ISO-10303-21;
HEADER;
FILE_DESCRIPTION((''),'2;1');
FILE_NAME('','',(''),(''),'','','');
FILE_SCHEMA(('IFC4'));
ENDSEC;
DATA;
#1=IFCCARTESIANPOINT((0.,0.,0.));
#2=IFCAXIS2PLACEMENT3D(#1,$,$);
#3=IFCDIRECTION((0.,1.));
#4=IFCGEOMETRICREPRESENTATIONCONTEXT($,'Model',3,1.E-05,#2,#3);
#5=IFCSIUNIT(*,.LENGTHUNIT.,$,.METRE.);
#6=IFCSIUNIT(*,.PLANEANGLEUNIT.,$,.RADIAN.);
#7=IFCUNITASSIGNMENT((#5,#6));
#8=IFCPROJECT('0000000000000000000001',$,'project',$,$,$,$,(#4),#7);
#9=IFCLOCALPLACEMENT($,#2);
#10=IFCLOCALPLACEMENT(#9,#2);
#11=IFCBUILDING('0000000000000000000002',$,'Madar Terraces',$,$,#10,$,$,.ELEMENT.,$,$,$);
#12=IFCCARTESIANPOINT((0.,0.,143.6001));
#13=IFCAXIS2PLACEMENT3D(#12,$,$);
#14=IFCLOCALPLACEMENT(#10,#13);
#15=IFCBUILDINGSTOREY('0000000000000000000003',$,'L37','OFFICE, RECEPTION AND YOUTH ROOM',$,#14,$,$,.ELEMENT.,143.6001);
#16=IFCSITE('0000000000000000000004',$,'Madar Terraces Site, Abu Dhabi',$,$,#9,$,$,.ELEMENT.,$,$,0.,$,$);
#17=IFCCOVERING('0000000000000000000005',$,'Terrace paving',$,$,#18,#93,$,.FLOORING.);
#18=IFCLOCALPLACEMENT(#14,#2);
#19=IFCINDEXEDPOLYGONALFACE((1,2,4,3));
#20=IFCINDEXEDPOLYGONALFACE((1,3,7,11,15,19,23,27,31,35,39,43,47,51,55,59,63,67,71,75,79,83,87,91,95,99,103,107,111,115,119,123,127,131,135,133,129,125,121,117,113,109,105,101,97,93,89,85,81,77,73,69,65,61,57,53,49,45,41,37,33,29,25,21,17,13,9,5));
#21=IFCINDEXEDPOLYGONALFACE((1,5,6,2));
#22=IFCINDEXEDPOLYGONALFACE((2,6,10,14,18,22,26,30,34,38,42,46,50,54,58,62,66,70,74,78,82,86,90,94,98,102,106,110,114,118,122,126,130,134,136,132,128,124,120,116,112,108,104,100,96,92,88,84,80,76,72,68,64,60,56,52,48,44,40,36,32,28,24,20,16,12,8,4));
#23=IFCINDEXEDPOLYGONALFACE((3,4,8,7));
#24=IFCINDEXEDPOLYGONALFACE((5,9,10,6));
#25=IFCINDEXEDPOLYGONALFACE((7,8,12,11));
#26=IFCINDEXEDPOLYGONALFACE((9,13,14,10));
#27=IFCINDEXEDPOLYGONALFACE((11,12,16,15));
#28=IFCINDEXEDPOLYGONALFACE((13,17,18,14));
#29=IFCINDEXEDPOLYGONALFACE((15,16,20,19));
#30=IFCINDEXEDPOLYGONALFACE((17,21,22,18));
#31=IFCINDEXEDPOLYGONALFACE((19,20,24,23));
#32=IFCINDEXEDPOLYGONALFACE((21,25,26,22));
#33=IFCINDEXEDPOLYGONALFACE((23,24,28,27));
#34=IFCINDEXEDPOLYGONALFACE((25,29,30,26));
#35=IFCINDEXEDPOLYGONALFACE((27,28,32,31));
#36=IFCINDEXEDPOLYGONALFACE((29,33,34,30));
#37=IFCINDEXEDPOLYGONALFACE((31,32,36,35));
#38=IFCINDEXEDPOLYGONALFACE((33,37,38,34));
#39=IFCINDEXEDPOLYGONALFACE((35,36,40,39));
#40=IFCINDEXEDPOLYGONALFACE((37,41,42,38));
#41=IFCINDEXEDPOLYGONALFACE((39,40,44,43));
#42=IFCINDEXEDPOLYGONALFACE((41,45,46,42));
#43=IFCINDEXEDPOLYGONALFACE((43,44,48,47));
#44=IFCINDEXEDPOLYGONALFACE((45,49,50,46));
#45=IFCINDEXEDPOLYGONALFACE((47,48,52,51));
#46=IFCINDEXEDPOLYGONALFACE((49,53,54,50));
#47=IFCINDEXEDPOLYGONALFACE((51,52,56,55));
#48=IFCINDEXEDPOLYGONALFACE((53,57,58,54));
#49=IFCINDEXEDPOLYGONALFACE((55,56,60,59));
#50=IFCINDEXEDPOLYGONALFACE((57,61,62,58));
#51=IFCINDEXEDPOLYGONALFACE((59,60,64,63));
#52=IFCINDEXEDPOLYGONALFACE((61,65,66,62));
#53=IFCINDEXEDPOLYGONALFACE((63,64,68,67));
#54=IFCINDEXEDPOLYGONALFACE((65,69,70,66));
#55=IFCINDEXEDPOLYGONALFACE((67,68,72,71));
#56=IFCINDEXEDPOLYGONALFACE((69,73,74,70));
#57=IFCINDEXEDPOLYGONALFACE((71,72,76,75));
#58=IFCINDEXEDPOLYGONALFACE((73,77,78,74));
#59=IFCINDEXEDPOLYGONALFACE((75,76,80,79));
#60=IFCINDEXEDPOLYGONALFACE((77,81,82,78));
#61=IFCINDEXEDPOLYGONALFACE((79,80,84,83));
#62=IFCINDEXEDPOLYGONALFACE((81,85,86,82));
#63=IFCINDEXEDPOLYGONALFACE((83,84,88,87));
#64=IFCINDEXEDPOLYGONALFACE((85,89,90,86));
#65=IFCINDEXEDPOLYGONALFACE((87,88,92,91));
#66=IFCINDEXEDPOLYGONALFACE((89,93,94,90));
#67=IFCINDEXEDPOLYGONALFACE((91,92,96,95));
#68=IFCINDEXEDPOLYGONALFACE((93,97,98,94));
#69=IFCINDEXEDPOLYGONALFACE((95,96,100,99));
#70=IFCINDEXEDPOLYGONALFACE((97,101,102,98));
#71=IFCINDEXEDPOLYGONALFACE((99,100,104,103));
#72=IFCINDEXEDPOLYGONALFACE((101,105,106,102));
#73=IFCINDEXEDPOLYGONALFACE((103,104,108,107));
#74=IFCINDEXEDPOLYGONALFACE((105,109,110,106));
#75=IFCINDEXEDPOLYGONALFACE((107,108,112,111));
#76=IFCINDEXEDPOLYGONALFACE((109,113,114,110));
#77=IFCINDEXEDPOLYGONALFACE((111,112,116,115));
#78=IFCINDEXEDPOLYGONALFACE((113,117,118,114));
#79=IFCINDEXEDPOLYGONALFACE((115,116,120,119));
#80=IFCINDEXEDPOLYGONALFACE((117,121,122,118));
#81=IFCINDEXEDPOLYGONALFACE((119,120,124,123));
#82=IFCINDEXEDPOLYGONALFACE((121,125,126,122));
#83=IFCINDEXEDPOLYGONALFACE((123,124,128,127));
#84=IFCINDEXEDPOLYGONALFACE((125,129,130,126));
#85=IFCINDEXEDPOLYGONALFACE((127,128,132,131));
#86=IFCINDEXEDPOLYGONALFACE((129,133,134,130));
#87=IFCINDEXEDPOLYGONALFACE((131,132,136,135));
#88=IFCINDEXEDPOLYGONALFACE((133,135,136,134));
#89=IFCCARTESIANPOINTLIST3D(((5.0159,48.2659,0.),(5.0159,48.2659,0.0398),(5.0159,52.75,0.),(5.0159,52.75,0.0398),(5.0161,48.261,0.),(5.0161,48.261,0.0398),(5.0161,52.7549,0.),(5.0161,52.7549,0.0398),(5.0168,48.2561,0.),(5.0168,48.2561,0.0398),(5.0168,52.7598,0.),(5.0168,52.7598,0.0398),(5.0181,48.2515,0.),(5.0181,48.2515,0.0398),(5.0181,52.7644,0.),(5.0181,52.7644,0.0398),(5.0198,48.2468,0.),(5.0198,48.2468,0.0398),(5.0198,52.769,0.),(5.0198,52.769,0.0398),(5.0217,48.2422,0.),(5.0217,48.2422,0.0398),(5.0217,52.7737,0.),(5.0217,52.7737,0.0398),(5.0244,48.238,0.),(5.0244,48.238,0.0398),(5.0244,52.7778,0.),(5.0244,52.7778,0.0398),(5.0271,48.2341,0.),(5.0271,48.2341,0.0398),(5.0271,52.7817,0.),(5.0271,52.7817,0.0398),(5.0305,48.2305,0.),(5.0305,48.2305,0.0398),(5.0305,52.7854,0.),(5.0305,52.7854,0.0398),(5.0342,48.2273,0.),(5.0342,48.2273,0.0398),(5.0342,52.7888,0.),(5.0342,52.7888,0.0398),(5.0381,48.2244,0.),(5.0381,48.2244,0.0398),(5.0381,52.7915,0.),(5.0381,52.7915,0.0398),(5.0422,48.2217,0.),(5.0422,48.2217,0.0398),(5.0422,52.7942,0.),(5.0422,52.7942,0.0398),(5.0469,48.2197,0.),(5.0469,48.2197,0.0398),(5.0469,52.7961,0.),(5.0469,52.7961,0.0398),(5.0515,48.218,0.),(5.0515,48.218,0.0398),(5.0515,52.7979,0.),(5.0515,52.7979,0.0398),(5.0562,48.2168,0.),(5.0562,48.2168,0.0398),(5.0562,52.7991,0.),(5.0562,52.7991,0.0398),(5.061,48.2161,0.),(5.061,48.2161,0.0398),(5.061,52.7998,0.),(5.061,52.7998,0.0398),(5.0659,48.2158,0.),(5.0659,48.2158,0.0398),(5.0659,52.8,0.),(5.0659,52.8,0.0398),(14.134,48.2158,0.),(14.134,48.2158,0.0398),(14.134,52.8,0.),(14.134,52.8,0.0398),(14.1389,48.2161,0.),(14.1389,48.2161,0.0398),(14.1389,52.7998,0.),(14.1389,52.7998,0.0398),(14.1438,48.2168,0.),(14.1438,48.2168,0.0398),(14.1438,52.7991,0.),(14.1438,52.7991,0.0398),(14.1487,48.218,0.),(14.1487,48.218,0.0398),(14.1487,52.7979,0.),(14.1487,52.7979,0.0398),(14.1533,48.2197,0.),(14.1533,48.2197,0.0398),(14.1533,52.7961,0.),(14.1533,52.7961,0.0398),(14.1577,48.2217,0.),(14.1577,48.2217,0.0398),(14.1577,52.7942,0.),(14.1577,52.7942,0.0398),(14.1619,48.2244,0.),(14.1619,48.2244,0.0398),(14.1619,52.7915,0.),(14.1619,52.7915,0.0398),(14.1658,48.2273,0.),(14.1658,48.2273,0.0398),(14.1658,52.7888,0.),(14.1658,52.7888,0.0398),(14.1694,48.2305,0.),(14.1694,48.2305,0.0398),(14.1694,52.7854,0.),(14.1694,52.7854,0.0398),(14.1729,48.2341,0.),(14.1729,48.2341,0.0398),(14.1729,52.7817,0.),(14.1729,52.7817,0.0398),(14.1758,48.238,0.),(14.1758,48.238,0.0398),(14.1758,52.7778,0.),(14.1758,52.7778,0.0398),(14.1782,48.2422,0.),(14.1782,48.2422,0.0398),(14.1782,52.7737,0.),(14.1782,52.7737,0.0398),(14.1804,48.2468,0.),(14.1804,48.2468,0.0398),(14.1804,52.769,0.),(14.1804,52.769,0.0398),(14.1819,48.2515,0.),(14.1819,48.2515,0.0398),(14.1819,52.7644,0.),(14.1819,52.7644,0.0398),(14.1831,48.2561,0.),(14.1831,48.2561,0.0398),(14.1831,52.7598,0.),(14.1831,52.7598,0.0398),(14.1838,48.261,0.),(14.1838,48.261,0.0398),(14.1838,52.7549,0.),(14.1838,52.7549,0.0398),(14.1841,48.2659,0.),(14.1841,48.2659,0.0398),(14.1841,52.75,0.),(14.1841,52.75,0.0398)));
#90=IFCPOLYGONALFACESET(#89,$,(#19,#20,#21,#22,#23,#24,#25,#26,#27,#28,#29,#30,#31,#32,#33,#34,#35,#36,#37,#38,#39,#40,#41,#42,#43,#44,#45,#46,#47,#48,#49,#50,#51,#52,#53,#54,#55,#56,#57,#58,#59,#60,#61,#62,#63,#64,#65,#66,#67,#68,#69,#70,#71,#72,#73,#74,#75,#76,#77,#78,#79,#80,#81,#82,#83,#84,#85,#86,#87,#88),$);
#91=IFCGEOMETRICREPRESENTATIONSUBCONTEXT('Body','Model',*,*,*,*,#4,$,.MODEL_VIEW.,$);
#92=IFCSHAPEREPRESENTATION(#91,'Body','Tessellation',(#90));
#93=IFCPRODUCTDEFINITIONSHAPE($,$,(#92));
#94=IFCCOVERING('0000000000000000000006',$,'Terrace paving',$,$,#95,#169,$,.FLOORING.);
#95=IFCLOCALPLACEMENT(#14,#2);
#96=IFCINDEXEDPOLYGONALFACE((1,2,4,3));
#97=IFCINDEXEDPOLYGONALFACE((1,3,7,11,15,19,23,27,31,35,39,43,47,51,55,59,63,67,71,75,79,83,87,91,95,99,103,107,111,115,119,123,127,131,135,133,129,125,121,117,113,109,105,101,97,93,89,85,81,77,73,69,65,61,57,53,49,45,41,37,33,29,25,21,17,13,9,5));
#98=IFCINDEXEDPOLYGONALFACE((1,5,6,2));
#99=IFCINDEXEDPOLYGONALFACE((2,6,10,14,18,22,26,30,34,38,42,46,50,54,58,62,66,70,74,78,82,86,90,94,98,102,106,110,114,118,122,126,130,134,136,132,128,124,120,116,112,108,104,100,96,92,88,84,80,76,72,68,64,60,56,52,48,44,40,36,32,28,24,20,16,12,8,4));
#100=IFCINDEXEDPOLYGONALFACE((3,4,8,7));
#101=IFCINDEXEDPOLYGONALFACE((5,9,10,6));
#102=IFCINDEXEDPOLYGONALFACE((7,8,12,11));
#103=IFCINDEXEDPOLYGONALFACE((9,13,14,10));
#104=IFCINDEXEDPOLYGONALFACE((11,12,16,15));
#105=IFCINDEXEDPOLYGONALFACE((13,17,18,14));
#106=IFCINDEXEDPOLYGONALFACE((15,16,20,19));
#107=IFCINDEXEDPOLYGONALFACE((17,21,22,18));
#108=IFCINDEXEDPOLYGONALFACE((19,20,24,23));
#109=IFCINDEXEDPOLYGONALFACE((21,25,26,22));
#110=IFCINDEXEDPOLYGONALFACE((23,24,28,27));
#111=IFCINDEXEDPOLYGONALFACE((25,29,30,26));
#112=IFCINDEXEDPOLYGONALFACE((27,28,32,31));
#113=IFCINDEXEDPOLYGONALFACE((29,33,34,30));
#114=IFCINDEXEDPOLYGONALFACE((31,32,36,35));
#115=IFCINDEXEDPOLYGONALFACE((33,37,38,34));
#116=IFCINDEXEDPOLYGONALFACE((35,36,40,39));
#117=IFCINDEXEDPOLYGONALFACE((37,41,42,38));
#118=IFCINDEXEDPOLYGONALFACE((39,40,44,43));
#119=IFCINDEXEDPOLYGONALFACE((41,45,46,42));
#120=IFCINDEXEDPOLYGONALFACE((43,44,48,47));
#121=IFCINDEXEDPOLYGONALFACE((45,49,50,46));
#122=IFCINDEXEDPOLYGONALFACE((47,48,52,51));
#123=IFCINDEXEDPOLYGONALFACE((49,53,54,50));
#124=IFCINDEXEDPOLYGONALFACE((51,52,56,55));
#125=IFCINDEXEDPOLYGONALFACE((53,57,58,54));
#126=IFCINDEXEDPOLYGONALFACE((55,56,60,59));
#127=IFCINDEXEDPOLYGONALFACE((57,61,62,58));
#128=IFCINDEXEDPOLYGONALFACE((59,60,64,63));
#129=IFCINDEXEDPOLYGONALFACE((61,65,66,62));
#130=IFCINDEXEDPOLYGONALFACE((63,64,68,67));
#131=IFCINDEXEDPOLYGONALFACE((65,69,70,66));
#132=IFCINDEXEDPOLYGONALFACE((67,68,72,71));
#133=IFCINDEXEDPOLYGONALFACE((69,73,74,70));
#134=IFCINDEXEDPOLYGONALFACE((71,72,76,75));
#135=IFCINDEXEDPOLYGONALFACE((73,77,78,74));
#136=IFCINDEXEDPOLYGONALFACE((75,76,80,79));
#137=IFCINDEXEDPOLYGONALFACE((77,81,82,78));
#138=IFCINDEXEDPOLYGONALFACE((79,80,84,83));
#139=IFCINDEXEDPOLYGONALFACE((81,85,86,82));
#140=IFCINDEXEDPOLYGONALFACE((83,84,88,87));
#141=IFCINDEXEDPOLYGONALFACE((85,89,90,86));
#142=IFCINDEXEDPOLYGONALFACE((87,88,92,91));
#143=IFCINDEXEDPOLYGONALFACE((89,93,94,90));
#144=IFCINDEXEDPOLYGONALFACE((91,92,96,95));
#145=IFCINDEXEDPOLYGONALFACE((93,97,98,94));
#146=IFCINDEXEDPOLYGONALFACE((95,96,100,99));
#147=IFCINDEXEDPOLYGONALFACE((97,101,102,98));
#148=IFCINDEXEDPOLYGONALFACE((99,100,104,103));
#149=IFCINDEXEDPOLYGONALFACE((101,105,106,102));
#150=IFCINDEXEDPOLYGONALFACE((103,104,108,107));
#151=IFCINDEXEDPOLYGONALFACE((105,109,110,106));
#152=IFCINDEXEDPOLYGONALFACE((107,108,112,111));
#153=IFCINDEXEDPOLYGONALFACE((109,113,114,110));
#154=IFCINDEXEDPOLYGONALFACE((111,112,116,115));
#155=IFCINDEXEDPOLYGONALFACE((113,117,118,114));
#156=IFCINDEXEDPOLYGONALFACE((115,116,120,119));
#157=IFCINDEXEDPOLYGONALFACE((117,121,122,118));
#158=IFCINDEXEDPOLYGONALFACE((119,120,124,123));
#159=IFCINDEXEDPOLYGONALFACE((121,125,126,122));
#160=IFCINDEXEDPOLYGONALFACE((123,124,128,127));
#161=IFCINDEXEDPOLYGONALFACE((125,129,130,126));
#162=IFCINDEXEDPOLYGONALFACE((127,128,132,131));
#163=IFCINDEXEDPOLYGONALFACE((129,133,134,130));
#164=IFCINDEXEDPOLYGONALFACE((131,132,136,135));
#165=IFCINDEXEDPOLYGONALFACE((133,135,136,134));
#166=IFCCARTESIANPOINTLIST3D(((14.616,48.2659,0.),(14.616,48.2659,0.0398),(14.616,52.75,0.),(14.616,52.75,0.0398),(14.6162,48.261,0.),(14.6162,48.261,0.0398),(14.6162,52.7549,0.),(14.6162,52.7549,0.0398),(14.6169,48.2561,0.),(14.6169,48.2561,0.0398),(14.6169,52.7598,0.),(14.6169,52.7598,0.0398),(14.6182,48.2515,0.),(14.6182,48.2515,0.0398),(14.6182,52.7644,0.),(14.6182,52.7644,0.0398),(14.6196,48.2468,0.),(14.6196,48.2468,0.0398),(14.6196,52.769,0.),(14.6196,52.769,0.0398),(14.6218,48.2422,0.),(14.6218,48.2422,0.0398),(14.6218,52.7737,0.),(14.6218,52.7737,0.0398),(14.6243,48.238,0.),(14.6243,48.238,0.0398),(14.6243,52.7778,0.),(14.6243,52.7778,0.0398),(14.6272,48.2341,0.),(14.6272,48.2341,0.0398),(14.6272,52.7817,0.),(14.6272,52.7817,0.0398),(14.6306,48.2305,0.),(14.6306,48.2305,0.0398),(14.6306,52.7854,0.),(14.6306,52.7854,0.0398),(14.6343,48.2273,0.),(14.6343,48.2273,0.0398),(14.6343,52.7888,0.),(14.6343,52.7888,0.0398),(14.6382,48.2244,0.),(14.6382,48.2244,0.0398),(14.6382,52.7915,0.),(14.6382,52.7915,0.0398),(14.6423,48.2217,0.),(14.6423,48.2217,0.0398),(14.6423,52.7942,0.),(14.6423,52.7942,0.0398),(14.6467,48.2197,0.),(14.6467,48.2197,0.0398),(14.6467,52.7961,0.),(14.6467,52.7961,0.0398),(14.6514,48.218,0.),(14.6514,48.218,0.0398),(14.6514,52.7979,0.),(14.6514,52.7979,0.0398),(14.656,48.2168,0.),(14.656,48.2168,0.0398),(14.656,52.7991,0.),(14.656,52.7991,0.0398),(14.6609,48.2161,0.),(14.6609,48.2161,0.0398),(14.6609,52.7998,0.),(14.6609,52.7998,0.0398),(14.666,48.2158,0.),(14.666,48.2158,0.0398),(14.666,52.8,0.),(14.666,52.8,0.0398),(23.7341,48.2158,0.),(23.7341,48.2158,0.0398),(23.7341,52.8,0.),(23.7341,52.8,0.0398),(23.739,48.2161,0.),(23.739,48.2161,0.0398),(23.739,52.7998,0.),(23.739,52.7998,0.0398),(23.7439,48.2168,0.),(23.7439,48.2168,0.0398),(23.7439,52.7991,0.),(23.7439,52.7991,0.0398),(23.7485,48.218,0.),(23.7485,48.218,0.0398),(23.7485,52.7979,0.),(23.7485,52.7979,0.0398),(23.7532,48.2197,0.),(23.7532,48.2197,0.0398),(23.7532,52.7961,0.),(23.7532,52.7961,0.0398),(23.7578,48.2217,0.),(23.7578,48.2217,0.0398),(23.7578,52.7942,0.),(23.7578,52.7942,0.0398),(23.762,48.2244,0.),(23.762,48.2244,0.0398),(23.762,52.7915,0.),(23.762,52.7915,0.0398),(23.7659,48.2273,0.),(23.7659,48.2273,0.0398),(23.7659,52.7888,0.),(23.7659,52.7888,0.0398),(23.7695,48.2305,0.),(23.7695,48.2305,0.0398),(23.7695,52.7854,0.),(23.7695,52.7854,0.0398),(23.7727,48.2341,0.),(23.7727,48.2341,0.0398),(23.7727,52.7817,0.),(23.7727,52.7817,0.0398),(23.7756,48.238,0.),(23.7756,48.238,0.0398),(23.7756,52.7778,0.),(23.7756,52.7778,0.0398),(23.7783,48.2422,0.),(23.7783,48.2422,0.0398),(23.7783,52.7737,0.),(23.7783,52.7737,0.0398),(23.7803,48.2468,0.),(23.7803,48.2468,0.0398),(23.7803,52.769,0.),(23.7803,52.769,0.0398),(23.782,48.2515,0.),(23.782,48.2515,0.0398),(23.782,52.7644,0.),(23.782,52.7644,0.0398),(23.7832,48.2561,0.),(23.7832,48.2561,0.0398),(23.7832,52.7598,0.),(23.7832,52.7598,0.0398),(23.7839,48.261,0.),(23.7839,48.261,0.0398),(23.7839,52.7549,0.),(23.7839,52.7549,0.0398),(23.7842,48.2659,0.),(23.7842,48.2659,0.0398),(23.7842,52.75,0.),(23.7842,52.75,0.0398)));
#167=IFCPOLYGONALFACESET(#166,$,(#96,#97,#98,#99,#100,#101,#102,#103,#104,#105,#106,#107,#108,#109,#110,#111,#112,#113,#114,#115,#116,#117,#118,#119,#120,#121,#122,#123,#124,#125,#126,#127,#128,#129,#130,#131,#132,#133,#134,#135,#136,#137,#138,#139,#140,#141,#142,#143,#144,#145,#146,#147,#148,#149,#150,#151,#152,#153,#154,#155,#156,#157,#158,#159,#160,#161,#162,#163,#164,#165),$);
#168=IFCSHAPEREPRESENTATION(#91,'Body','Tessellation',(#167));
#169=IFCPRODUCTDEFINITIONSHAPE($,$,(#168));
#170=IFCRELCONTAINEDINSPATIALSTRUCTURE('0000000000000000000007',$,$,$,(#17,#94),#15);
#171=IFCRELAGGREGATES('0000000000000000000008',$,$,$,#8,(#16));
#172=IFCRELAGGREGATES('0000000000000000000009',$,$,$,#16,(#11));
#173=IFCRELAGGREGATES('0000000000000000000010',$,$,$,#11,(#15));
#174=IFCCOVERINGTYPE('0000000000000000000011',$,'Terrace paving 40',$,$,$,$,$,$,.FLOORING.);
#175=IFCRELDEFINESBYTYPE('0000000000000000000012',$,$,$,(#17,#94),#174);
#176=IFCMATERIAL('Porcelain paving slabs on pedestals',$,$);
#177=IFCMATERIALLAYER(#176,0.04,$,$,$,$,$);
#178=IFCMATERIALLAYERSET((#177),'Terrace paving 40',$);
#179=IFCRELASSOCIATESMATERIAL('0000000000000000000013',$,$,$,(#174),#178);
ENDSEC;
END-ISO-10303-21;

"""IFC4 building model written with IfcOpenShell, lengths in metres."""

from ifc_helpers import new_model, si_unit, direction, frame, origin, place, context, subcontext, project, spatial, polyline, outline, extrude, material, layer, layer_set, type_object, element, save


model = new_model("IFC4")

# Units and contexts
model_context = context("Model", 3, precision=1e-05, world=origin(), true_north=direction((0.0, 1.0)))
body_context = subcontext(model_context, "Body", "Model", "MODEL_VIEW")
ifc_project = project(units=[si_unit("LENGTHUNIT", "METRE"), si_unit("PLANEANGLEUNIT", "RADIAN")], contexts=[model_context])

# Site, building, storey
site_placement = place(None, origin())
site = spatial("IfcSite", under=ifc_project, at=site_placement, Name="Madar Terraces Site, Abu Dhabi", CompositionType="ELEMENT", RefElevation=0.0)
building_placement = place(site_placement, origin())
building = spatial("IfcBuilding", under=site, at=building_placement, Name="Madar Terraces", CompositionType="ELEMENT")
storey_placement = place(building_placement, frame((0.0, 0.0, 143.6001)))
storey = spatial("IfcBuildingStorey", under=building, at=storey_placement, Name="L37", Description="OFFICE, RECEPTION AND YOUTH ROOM", CompositionType="ELEMENT", Elevation=143.6001)

# Coverings
ifc_material_1 = material(Name="Porcelain paving slabs on pedestals")
ifc_layer_1 = layer(ifc_material_1, 0.04)
ifc_layer_set_1 = layer_set([ifc_layer_1], Name="Terrace paving 40")
covering_type = type_object("IfcCoveringType", Name="Terrace paving 40", PredefinedType="FLOORING", material=ifc_layer_set_1)
covering_1_placement = place(storey_placement, origin())
element("IfcCovering", 1, at=covering_1_placement, inside=storey, type_object=covering_type, Name="Terrace paving", PredefinedType="FLOORING", context=body_context, shape_type="SweptSolid", body=[
    extrude(outline(polyline([(14.1487, 52.7979), (14.1533, 52.7961), (14.1577, 52.7942), (14.1619, 52.7915), (14.1658, 52.7888), (14.1694, 52.7854), (14.1729, 52.7817), (14.1758, 52.7778), (14.1782, 52.7737), (14.1804, 52.769), (14.1819, 52.7644), (14.1831, 52.7598), (14.1838, 52.7549), (14.1841, 52.75), (14.1841, 48.2659), (14.1838, 48.261), (14.1831, 48.2561), (14.1819, 48.2515), (14.1804, 48.2468), (14.1782, 48.2422), (14.1758, 48.238), (14.1729, 48.2341), (14.1694, 48.2305), (14.1658, 48.2273), (14.1619, 48.2244), (14.1577, 48.2217), (14.1533, 48.2197), (14.1487, 48.218), (14.1438, 48.2168), (14.1389, 48.2161), (14.134, 48.2158), (5.0659, 48.2158), (5.061, 48.2161), (5.0562, 48.2168), (5.0515, 48.218), (5.0469, 48.2197), (5.0422, 48.2217), (5.0381, 48.2244), (5.0342, 48.2273), (5.0305, 48.2305), (5.0271, 48.2341), (5.0244, 48.238), (5.0217, 48.2422), (5.0198, 48.2468), (5.0181, 48.2515), (5.0168, 48.2561), (5.0161, 48.261), (5.0159, 48.2659), (5.0159, 52.75), (5.0161, 52.7549), (5.0168, 52.7598), (5.0181, 52.7644), (5.0198, 52.769), (5.0217, 52.7737), (5.0244, 52.7778), (5.0271, 52.7817), (5.0305, 52.7854), (5.0342, 52.7888), (5.0381, 52.7915), (5.0422, 52.7942), (5.0469, 52.7961), (5.0515, 52.7979), (5.0562, 52.7991), (5.061, 52.7998), (5.0659, 52.8), (14.134, 52.8), (14.1389, 52.7998), (14.1438, 52.7991), (14.1487, 52.7979)])), origin(), (0.0, 0.0, 1.0), 0.0398),
])
covering_2_placement = place(storey_placement, origin())
element("IfcCovering", 2, at=covering_2_placement, inside=storey, type_object=covering_type, Name="Terrace paving", PredefinedType="FLOORING", context=body_context, shape_type="SweptSolid", body=[
    extrude(outline(polyline([(23.7485, 52.7979), (23.7532, 52.7961), (23.7578, 52.7942), (23.762, 52.7915), (23.7659, 52.7888), (23.7695, 52.7854), (23.7727, 52.7817), (23.7756, 52.7778), (23.7783, 52.7737), (23.7803, 52.769), (23.782, 52.7644), (23.7832, 52.7598), (23.7839, 52.7549), (23.7842, 52.75), (23.7842, 48.2659), (23.7839, 48.261), (23.7832, 48.2561), (23.782, 48.2515), (23.7803, 48.2468), (23.7783, 48.2422), (23.7756, 48.238), (23.7727, 48.2341), (23.7695, 48.2305), (23.7659, 48.2273), (23.762, 48.2244), (23.7578, 48.2217), (23.7532, 48.2197), (23.7485, 48.218), (23.7439, 48.2168), (23.739, 48.2161), (23.7341, 48.2158), (14.666, 48.2158), (14.6609, 48.2161), (14.656, 48.2168), (14.6514, 48.218), (14.6467, 48.2197), (14.6423, 48.2217), (14.6382, 48.2244), (14.6343, 48.2273), (14.6306, 48.2305), (14.6272, 48.2341), (14.6243, 48.238), (14.6218, 48.2422), (14.6196, 48.2468), (14.6182, 48.2515), (14.6169, 48.2561), (14.6162, 48.261), (14.616, 48.2659), (14.616, 52.75), (14.6162, 52.7549), (14.6169, 52.7598), (14.6182, 52.7644), (14.6196, 52.769), (14.6218, 52.7737), (14.6243, 52.7778), (14.6272, 52.7817), (14.6306, 52.7854), (14.6343, 52.7888), (14.6382, 52.7915), (14.6423, 52.7942), (14.6467, 52.7961), (14.6514, 52.7979), (14.656, 52.7991), (14.6609, 52.7998), (14.666, 52.8), (23.7341, 52.8), (23.739, 52.7998), (23.7439, 52.7991), (23.7485, 52.7979)])), origin(), (0.0, 0.0, 1.0), 0.0398),
])

save(model, "model.ifc")
